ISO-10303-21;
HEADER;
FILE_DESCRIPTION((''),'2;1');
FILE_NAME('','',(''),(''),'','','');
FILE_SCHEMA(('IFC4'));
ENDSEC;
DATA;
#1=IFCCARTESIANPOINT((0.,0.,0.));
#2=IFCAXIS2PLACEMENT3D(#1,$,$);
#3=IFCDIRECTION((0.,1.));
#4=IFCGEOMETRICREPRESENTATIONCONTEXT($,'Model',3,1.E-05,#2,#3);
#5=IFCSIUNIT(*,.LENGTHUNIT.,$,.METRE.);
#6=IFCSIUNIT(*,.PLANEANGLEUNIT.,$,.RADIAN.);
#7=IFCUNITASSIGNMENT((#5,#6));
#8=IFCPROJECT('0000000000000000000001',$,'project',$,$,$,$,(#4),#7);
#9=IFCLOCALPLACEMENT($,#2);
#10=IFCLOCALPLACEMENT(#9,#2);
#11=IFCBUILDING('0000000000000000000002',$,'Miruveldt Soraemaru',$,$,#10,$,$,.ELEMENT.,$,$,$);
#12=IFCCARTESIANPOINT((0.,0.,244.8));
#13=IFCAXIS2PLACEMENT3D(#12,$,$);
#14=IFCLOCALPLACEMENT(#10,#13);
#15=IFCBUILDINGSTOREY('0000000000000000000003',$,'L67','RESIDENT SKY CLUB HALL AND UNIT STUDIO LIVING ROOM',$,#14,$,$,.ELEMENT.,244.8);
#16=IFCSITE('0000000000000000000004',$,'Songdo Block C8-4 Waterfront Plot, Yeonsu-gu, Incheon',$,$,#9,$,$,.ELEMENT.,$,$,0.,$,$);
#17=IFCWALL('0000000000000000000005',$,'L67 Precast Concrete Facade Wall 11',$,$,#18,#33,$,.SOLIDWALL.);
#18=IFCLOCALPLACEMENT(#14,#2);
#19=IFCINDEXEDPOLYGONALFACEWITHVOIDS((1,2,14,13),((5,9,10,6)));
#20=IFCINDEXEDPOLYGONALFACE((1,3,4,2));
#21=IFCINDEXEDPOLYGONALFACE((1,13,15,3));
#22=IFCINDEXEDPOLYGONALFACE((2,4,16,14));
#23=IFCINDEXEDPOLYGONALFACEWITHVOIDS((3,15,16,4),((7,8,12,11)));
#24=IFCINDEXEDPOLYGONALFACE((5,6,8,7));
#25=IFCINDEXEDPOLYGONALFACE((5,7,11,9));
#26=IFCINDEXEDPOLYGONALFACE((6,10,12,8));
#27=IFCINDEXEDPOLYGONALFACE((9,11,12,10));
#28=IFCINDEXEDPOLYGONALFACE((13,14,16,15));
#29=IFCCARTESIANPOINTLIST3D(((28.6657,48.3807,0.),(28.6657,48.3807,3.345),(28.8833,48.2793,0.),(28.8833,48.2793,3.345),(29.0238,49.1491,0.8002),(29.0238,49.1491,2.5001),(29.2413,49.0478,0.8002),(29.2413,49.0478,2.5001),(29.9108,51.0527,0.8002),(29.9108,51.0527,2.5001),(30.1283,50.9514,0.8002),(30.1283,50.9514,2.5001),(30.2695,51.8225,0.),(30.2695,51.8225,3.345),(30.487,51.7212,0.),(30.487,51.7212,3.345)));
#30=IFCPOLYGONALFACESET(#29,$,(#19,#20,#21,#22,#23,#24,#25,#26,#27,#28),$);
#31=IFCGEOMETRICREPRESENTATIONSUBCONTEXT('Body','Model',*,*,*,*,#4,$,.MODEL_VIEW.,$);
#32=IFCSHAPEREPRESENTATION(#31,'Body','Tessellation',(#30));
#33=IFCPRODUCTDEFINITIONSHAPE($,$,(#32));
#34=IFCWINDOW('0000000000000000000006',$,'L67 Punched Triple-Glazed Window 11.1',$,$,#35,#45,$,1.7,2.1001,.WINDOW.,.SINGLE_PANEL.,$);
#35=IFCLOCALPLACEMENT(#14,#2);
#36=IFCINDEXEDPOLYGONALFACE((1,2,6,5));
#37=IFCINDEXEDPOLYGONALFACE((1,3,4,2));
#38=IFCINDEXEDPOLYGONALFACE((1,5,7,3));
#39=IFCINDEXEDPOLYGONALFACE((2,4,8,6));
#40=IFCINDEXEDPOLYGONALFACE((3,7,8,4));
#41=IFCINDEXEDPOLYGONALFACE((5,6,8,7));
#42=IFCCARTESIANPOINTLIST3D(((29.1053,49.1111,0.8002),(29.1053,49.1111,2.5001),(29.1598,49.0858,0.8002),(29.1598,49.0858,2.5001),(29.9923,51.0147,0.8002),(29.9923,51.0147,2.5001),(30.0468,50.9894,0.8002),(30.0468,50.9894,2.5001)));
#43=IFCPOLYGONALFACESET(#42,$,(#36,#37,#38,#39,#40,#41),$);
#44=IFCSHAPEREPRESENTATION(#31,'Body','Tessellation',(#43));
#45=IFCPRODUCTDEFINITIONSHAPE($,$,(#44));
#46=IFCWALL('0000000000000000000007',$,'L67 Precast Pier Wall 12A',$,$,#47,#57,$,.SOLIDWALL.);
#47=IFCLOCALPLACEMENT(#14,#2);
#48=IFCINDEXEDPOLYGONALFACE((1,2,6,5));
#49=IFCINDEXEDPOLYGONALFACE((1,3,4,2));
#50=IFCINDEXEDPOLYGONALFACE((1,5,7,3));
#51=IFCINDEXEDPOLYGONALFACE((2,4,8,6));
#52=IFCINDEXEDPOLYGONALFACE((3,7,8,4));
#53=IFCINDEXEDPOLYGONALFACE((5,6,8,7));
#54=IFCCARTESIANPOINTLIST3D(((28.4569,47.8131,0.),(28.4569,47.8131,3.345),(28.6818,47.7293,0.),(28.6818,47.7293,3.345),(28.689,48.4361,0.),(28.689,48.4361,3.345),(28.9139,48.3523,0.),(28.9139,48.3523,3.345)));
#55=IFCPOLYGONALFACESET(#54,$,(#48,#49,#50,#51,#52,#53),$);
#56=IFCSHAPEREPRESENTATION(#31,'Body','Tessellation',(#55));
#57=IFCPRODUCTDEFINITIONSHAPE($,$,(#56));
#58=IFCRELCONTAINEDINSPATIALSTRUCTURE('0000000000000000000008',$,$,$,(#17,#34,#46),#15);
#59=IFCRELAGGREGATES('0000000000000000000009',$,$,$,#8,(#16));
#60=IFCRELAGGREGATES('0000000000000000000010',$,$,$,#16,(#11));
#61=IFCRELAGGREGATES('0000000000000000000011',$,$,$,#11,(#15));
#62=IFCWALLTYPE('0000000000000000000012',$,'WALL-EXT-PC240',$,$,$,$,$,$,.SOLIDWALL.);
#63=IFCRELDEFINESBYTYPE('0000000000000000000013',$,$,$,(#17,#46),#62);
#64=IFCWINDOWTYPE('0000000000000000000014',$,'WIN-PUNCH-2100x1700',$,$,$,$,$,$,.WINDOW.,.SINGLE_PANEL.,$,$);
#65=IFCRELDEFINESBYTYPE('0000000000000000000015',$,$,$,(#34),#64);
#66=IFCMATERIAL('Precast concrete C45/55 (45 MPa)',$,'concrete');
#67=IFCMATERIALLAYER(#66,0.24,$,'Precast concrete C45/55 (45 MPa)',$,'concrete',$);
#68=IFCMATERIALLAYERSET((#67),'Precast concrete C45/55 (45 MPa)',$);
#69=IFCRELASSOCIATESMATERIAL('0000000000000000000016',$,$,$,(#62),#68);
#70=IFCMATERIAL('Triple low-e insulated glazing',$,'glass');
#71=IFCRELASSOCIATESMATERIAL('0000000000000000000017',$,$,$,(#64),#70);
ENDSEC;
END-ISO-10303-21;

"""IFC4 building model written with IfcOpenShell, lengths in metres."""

from ifc_helpers import new_model, si_unit, direction, frame, frame_2d, origin, place, context, subcontext, project, spatial, rectangle, extrude, material, layer, layer_set, type_object, element, fill, save


model = new_model("IFC4")

# Units and contexts
model_context = context("Model", 3, precision=1e-05, world=origin(), true_north=direction((0.0, 1.0)))
body_context = subcontext(model_context, "Body", "Model", "MODEL_VIEW")
ifc_project = project(units=[si_unit("LENGTHUNIT", "METRE"), si_unit("PLANEANGLEUNIT", "RADIAN")], contexts=[model_context])

# Site, building, storey
site_placement = place(None, origin())
site = spatial("IfcSite", under=ifc_project, at=site_placement, Name="Songdo Block C8-4 Waterfront Plot, Yeonsu-gu, Incheon", CompositionType="ELEMENT", RefElevation=0.0)
building_placement = place(site_placement, origin())
building = spatial("IfcBuilding", under=site, at=building_placement, Name="Miruveldt Soraemaru", CompositionType="ELEMENT")
storey_placement = place(building_placement, frame((0.0, 0.0, 244.8)))
storey = spatial("IfcBuildingStorey", under=building, at=storey_placement, Name="L67", Description="RESIDENT SKY CLUB HALL AND UNIT STUDIO LIVING ROOM", CompositionType="ELEMENT", Elevation=244.8)

# Shared definitions
ifc_material_1 = material(Name="Triple low-e insulated glazing", Category="glass")

# Wall, opening, window
ifc_material_2 = material(Name="Precast concrete C45/55 (45 MPa)", Category="concrete")
ifc_layer_1 = layer(ifc_material_2, 0.24, Name="Precast concrete C45/55 (45 MPa)", Category="concrete")
ifc_layer_set_1 = layer_set([ifc_layer_1], Name="Precast concrete C45/55 (45 MPa)")
wall_type_1 = type_object("IfcWallType", Name="WALL-EXT-PC240", PredefinedType="SOLIDWALL", material=ifc_layer_set_1)
wall_1_placement = place(storey_placement, frame((30.3782, 51.7717, 0.0), z_axis=(0.0, 0.0, 1.0), x_axis=(-0.422354, -0.906431, 0.0)))
wall_1 = element("IfcWall", 1, at=wall_1_placement, inside=storey, type_object=wall_type_1, Name="L67 Precast Concrete Facade Wall 11", PredefinedType="SOLIDWALL", context=body_context, shape_type="SweptSolid", body=[
    extrude(rectangle(XDim=3.7971, YDim=0.24, at=frame_2d((1.8984, 0.0))), origin(), (0.0, 0.0, 1.0), 3.345),
])
opening_1_placement = place(wall_1_placement, frame((0.8491, 0.0, 0.8)))
opening_1 = element("IfcOpeningElement", 2, at=opening_1_placement, cuts=wall_1, PredefinedType="OPENING", context=body_context, shape_type="SweptSolid", body=[
    extrude(rectangle(XDim=2.1001, YDim=1.7, at=frame_2d((1.05, 0.8501))), frame((0.0, 0.1299, 0.0), z_axis=(0.0, -1.0, 0.0), x_axis=(1.0, 0.0, 0.0)), (0.0, 0.0, 1.0), 0.26),
])
window_type_1 = type_object("IfcWindowType", Name="WIN-PUNCH-2100x1700", PartitioningType="SINGLE_PANEL", PredefinedType="WINDOW", material=ifc_material_1)
window_1_placement = place(opening_1_placement, origin())
window_1 = element("IfcWindow", 3, at=window_1_placement, inside=storey, type_object=window_type_1, Name="L67 Punched Triple-Glazed Window 11.1", OverallHeight=1.7, OverallWidth=2.1001, PartitioningType="SINGLE_PANEL", PredefinedType="WINDOW", context=body_context, shape_type="SweptSolid", body=[
    extrude(rectangle(XDim=2.1001, YDim=1.7, at=frame_2d((1.05, 0.8501))), frame((0.0, 0.03, 0.0), z_axis=(0.0, -1.0, 0.0), x_axis=(1.0, 0.0, 0.0)), (0.0, 0.0, 1.0), 0.0601),
])
fill(opening_1, window_1)

# Wall
wall_2_placement = place(storey_placement, frame((28.8015, 48.3943, 0.0), z_axis=(0.0, 0.0, 1.0), x_axis=(-0.349191, -0.937051, 0.0)))
element("IfcWall", 4, at=wall_2_placement, inside=storey, type_object=wall_type_1, Name="L67 Precast Pier Wall 12A", PredefinedType="SOLIDWALL", context=body_context, shape_type="SweptSolid", body=[
    extrude(rectangle(XDim=0.6648, YDim=0.24, at=frame_2d((0.3325, 0.0))), origin(), (0.0, 0.0, 1.0), 3.345),
])

save(model, "model.ifc")
